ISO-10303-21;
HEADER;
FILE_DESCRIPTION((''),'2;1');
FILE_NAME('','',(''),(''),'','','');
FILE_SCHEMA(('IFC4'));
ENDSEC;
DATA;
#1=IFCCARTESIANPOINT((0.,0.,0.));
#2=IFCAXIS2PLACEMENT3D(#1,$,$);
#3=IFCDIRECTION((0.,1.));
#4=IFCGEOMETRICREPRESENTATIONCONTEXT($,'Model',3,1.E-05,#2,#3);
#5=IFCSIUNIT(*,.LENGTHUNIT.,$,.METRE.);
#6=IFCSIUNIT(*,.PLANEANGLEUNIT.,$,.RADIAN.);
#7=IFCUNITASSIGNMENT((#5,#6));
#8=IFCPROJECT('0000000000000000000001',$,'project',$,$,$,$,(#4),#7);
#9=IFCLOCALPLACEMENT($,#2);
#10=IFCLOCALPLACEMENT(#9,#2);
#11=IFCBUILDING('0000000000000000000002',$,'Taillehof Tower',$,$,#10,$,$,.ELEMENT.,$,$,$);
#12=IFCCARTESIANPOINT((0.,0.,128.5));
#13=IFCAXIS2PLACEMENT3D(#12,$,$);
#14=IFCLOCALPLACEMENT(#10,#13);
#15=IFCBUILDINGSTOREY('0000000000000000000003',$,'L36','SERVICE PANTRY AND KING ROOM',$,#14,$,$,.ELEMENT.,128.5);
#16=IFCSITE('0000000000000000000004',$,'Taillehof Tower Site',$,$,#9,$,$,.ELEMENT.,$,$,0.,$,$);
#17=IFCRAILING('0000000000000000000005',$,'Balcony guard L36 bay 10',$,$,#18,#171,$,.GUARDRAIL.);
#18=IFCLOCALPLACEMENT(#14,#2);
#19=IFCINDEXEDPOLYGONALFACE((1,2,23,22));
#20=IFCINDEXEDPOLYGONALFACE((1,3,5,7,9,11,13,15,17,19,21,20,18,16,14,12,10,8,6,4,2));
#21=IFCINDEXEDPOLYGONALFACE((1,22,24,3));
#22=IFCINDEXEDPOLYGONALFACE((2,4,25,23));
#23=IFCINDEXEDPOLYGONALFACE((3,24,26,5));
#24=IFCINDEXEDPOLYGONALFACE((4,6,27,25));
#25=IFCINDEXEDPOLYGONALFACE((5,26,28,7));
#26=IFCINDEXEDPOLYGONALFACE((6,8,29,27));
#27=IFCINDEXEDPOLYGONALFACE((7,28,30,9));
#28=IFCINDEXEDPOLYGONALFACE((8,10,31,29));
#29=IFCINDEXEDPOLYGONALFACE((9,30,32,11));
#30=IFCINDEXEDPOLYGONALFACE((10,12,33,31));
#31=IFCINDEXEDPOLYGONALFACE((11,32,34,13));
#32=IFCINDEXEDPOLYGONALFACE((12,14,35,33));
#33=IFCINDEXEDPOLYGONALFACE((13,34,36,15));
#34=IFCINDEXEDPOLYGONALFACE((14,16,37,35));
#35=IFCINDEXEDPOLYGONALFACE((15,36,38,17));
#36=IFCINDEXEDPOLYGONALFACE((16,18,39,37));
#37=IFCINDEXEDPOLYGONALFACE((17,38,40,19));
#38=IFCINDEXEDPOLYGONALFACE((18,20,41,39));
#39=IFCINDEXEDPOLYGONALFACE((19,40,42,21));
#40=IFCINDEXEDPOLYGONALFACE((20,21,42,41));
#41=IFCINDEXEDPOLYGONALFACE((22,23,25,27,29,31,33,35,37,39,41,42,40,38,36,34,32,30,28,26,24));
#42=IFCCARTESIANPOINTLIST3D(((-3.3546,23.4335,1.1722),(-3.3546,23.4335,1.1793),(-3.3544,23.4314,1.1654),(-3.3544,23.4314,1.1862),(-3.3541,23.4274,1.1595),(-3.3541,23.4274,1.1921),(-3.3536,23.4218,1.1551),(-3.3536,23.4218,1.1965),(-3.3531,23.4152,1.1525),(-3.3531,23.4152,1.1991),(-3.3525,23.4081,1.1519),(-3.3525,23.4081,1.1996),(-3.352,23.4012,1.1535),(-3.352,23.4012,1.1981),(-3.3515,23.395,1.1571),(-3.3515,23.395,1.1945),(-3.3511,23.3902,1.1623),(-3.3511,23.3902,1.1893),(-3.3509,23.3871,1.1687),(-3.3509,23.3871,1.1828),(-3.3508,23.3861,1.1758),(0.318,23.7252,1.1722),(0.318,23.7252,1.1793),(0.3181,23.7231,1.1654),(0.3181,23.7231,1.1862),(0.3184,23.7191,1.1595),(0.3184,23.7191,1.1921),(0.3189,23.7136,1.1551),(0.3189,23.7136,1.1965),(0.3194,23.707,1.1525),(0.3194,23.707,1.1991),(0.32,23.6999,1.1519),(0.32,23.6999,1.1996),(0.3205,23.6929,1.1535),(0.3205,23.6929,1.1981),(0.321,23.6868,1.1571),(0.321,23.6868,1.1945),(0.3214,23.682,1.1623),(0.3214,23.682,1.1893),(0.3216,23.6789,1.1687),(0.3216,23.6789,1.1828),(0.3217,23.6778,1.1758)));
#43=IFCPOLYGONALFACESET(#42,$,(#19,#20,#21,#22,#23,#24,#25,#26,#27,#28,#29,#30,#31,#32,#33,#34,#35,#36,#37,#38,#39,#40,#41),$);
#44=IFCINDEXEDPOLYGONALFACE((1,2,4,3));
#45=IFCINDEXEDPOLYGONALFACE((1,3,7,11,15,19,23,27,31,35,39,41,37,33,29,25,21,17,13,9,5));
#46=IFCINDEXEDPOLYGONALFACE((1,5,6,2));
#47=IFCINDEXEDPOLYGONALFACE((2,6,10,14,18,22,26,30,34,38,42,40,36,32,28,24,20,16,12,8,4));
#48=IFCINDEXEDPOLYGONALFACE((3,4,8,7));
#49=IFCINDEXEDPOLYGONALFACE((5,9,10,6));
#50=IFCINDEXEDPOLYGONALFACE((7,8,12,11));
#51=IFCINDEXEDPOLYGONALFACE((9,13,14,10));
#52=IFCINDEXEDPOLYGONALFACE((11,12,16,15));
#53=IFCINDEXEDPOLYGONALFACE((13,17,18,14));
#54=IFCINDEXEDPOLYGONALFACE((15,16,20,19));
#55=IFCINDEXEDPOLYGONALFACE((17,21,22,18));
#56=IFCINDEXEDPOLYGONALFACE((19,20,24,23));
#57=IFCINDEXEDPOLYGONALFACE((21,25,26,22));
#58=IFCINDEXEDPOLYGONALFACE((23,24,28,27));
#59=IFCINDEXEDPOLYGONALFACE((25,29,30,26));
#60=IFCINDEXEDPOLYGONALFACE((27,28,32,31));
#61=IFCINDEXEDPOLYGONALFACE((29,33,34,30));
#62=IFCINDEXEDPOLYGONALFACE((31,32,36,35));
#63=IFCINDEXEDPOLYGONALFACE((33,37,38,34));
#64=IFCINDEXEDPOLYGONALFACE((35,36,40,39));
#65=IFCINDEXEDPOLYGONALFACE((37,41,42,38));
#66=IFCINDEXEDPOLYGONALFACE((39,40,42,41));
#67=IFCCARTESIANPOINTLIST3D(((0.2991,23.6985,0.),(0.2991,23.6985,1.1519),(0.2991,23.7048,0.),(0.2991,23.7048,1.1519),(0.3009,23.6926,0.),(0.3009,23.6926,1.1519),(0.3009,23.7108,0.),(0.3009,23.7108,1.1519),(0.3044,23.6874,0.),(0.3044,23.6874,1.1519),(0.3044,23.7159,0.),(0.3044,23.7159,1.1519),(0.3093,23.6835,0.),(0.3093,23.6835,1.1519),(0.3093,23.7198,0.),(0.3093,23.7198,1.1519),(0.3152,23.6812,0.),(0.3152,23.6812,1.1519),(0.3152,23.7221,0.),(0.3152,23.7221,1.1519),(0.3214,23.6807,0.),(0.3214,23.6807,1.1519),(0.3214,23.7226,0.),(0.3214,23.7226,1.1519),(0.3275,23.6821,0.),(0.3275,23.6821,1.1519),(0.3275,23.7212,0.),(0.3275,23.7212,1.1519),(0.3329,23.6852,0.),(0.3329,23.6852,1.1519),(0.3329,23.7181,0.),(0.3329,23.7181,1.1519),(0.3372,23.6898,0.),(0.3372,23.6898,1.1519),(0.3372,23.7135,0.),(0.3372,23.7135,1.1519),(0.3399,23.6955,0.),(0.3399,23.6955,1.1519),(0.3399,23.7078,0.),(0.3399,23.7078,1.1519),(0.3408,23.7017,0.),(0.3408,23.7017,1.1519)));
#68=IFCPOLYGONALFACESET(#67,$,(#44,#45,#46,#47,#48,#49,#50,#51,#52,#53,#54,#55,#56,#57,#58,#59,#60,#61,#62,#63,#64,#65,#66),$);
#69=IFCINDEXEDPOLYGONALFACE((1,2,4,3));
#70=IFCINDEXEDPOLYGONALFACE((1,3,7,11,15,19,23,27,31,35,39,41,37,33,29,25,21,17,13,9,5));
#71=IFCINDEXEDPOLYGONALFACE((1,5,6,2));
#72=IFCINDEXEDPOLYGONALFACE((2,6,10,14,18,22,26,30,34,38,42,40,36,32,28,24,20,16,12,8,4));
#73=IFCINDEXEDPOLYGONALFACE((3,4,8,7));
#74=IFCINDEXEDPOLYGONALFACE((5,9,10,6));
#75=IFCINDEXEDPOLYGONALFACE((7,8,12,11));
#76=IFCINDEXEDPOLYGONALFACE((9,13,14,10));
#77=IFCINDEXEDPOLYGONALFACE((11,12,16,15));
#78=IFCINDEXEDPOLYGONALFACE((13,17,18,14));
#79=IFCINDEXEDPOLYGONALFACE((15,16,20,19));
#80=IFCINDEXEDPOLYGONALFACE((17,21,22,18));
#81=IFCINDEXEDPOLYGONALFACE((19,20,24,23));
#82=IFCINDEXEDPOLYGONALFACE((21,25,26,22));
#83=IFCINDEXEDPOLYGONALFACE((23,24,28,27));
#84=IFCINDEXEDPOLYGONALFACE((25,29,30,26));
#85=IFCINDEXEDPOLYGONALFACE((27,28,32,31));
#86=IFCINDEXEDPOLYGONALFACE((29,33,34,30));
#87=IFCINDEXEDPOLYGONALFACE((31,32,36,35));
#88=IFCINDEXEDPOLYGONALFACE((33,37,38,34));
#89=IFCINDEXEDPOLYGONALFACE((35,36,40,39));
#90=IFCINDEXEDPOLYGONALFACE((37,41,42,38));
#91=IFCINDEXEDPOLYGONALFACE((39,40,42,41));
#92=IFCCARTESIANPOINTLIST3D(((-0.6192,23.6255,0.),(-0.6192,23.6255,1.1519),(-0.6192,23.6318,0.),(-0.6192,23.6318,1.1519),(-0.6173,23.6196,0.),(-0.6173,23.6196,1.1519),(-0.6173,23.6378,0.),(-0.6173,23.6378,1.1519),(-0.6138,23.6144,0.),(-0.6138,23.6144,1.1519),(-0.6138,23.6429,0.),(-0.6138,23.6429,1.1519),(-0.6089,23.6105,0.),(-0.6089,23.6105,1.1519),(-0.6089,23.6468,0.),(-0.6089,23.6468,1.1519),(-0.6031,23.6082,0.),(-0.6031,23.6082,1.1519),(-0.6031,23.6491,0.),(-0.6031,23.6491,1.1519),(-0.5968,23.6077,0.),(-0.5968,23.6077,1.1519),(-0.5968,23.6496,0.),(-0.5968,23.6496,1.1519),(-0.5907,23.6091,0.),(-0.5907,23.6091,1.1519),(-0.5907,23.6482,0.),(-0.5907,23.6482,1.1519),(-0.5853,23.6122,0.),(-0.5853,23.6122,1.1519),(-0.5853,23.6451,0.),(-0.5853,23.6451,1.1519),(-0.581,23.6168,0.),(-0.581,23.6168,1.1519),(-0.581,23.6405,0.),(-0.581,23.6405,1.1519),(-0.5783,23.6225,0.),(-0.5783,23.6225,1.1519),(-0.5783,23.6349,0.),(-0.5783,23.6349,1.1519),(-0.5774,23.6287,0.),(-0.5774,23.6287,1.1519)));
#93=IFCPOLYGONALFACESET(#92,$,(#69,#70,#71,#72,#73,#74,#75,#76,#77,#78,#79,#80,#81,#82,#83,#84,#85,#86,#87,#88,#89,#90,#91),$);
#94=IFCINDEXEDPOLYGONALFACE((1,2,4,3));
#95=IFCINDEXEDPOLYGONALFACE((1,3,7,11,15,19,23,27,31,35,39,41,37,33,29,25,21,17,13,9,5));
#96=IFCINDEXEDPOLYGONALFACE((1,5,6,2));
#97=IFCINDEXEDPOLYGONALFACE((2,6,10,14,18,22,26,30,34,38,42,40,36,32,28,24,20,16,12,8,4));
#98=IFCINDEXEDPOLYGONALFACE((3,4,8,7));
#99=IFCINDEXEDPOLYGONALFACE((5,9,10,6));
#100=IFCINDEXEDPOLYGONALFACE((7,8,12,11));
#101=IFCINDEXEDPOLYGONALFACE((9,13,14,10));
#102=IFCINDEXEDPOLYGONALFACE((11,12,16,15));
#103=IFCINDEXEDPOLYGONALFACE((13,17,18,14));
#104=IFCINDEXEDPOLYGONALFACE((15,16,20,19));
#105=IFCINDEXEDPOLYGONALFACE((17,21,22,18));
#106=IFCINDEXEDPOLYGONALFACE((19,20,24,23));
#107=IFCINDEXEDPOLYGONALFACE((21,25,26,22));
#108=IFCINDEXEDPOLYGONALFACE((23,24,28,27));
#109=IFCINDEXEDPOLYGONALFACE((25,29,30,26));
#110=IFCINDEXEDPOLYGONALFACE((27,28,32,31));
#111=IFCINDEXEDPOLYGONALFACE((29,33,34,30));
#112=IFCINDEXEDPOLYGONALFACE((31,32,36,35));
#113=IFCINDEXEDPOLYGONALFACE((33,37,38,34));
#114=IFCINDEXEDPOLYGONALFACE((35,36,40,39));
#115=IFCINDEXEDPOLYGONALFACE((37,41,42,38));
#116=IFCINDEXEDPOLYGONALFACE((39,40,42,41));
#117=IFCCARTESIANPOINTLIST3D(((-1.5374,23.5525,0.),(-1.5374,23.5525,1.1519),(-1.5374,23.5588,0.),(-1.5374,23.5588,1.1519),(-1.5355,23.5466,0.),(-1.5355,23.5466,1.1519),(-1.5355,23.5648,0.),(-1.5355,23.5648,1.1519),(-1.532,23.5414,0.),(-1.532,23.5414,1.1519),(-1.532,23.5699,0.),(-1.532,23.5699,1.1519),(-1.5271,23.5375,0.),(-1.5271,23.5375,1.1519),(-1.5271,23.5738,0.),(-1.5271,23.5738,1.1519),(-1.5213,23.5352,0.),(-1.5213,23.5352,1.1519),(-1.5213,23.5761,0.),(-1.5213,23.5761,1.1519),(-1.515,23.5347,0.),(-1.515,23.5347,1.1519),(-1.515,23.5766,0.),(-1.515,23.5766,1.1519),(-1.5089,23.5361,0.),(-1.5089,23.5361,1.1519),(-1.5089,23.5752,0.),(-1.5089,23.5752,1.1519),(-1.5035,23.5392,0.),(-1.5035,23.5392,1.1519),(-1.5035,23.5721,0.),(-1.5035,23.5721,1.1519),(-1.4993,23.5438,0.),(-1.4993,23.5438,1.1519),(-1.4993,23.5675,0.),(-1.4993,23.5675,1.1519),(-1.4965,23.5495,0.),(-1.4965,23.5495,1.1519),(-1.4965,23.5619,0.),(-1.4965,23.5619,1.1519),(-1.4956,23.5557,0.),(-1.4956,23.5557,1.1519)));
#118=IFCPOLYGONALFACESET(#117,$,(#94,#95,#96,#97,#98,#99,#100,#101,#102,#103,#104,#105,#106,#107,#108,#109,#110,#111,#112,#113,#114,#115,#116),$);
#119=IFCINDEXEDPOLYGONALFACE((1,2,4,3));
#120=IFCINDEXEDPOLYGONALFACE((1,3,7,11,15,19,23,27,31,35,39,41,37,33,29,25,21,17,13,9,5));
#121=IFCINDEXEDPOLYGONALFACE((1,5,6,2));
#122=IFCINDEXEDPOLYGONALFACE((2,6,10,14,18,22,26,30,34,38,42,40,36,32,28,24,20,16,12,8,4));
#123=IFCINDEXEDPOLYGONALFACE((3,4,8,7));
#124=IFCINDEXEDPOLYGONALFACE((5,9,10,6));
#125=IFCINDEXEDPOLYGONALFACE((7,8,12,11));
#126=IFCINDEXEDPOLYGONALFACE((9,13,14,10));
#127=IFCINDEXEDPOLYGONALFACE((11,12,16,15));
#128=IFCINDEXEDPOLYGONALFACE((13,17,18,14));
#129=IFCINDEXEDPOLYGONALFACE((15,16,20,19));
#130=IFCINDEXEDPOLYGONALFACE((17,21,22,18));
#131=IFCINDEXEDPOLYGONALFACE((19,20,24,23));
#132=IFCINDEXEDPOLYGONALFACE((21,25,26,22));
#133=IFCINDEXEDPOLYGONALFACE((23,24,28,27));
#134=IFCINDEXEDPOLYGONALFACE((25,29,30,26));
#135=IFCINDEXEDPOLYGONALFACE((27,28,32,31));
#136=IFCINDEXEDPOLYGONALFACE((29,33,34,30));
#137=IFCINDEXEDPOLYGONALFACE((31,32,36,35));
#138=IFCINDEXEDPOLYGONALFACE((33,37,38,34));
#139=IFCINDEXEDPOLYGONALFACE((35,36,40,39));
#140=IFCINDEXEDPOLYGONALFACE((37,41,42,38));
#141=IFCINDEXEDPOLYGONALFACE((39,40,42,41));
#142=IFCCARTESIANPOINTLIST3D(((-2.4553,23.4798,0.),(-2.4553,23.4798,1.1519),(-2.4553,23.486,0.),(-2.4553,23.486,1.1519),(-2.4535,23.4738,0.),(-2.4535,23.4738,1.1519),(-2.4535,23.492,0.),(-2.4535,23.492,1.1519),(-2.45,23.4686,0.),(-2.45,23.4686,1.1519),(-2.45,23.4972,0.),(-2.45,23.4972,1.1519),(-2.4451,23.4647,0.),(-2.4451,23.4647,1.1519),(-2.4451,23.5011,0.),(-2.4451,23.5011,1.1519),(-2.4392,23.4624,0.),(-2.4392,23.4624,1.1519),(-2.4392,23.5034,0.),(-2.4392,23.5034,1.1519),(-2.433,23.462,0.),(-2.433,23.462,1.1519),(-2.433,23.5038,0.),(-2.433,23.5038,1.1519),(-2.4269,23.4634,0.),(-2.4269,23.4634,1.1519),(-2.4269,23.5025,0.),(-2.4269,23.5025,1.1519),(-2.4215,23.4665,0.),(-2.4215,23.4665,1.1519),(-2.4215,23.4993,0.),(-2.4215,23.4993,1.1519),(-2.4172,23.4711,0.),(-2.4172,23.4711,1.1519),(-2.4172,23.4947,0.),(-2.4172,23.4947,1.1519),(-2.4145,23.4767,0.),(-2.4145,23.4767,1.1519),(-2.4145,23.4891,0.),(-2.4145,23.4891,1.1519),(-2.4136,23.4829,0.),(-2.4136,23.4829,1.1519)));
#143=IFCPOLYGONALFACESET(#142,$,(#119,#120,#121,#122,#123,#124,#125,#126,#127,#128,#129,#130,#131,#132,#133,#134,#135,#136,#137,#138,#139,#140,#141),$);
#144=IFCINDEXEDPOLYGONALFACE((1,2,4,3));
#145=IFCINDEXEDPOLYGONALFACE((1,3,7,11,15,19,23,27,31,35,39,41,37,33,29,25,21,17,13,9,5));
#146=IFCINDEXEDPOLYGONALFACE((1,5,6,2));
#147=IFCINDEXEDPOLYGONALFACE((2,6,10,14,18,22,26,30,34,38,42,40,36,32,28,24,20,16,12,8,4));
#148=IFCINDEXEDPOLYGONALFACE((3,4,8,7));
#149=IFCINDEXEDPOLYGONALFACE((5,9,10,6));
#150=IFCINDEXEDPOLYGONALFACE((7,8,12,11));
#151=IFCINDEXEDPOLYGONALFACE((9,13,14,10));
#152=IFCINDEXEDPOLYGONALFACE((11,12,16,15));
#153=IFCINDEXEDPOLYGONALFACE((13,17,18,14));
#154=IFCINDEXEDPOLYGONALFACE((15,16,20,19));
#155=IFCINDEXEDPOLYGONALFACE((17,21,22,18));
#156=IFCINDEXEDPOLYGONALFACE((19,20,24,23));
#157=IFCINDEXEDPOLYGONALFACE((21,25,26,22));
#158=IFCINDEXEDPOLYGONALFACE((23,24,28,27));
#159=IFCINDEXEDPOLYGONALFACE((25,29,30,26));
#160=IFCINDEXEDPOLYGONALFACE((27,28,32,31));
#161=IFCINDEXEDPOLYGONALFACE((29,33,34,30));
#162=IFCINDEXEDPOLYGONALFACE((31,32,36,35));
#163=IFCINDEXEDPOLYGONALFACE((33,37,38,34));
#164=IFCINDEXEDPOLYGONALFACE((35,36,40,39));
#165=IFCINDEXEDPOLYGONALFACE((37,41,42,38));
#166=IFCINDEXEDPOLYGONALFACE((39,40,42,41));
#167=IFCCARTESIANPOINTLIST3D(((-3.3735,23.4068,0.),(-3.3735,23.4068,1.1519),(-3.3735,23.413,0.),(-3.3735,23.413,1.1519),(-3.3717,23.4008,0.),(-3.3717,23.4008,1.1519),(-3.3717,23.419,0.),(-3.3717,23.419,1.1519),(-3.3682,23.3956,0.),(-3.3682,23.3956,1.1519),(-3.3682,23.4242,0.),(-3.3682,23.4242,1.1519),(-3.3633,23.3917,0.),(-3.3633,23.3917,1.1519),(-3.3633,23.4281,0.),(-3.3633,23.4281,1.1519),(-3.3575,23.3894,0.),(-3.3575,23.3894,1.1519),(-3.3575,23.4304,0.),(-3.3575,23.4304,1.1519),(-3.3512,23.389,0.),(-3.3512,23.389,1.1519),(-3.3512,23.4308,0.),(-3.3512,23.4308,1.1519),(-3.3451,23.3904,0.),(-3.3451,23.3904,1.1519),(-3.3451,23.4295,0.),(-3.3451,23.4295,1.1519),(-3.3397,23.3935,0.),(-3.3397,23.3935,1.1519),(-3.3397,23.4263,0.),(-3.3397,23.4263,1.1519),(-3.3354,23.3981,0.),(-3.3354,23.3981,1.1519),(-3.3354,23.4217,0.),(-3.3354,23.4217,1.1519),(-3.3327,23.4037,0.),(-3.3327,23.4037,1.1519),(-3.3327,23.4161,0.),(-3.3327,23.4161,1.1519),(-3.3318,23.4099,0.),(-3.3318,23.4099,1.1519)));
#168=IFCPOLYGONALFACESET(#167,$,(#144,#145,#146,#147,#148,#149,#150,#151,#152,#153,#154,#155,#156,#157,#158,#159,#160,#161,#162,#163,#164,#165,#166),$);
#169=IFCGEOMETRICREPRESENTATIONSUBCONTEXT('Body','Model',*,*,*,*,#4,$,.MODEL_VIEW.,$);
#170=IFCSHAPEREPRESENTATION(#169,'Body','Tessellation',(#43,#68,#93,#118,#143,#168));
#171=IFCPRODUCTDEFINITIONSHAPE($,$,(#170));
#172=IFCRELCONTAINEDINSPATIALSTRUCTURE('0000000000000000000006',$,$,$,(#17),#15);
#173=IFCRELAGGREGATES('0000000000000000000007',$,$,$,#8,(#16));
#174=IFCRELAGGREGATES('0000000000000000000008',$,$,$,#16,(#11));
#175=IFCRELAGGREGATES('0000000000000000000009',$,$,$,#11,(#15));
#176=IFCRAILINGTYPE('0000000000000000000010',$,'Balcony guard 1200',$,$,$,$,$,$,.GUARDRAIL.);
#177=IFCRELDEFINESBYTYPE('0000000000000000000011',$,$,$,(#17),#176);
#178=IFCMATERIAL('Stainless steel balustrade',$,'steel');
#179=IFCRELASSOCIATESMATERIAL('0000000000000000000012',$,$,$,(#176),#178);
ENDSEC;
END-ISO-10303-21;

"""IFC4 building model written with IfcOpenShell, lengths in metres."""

from ifc_helpers import new_model, si_unit, direction, frame, origin, origin_2d, place, context, subcontext, project, spatial, circle, extrude, material, type_object, element, save


model = new_model("IFC4")

# Units and contexts
model_context = context("Model", 3, precision=1e-05, world=origin(), true_north=direction((0.0, 1.0)))
body_context = subcontext(model_context, "Body", "Model", "MODEL_VIEW")
ifc_project = project(units=[si_unit("LENGTHUNIT", "METRE"), si_unit("PLANEANGLEUNIT", "RADIAN")], contexts=[model_context])

# Site, building, storey
site_placement = place(None, origin())
site = spatial("IfcSite", under=ifc_project, at=site_placement, Name="Taillehof Tower Site", CompositionType="ELEMENT", RefElevation=0.0)
building_placement = place(site_placement, origin())
building = spatial("IfcBuilding", under=site, at=building_placement, Name="Taillehof Tower", CompositionType="ELEMENT")
storey_placement = place(building_placement, frame((0.0, 0.0, 128.5)))
storey = spatial("IfcBuildingStorey", under=building, at=storey_placement, Name="L36", Description="SERVICE PANTRY AND KING ROOM", CompositionType="ELEMENT", Elevation=128.5)

# Railing
ifc_material_1 = material(Name="Stainless steel balustrade", Category="steel")
railing_type = type_object("IfcRailingType", Name="Balcony guard 1200", PredefinedType="GUARDRAIL", material=ifc_material_1)
railing_1_placement = place(storey_placement, frame((0.3198, 23.7017, 0.0)))
element("IfcRailing", 1, at=railing_1_placement, inside=storey, type_object=railing_type, Name="Balcony guard L36 bay 10", PredefinedType="GUARDRAIL", context=body_context, shape_type="SweptSolid", body=[
    extrude(circle(Radius=0.0239, at=origin_2d()), frame((0.0, 0.0, 1.1758), z_axis=(-0.99686, -0.079189, 0.0), x_axis=(0.079189, -0.99686, 0.0)), (0.0, 0.0, 1.0), 3.6841),
    extrude(circle(Radius=0.021, at=origin_2d()), origin(), (0.0, 0.0, 1.0), 1.1519),
    extrude(circle(Radius=0.021, at=origin_2d()), frame((-0.9182, -0.073, 0.0)), (0.0, 0.0, 1.0), 1.1519),
    extrude(circle(Radius=0.021, at=origin_2d()), frame((-1.8364, -0.146, 0.0)), (0.0, 0.0, 1.0), 1.1519),
    extrude(circle(Radius=0.021, at=origin_2d()), frame((-2.7544, -0.2188, 0.0)), (0.0, 0.0, 1.0), 1.1519),
    extrude(circle(Radius=0.021, at=origin_2d()), frame((-3.6726, -0.2917, 0.0)), (0.0, 0.0, 1.0), 1.1519),
])

save(model, "model.ifc")
